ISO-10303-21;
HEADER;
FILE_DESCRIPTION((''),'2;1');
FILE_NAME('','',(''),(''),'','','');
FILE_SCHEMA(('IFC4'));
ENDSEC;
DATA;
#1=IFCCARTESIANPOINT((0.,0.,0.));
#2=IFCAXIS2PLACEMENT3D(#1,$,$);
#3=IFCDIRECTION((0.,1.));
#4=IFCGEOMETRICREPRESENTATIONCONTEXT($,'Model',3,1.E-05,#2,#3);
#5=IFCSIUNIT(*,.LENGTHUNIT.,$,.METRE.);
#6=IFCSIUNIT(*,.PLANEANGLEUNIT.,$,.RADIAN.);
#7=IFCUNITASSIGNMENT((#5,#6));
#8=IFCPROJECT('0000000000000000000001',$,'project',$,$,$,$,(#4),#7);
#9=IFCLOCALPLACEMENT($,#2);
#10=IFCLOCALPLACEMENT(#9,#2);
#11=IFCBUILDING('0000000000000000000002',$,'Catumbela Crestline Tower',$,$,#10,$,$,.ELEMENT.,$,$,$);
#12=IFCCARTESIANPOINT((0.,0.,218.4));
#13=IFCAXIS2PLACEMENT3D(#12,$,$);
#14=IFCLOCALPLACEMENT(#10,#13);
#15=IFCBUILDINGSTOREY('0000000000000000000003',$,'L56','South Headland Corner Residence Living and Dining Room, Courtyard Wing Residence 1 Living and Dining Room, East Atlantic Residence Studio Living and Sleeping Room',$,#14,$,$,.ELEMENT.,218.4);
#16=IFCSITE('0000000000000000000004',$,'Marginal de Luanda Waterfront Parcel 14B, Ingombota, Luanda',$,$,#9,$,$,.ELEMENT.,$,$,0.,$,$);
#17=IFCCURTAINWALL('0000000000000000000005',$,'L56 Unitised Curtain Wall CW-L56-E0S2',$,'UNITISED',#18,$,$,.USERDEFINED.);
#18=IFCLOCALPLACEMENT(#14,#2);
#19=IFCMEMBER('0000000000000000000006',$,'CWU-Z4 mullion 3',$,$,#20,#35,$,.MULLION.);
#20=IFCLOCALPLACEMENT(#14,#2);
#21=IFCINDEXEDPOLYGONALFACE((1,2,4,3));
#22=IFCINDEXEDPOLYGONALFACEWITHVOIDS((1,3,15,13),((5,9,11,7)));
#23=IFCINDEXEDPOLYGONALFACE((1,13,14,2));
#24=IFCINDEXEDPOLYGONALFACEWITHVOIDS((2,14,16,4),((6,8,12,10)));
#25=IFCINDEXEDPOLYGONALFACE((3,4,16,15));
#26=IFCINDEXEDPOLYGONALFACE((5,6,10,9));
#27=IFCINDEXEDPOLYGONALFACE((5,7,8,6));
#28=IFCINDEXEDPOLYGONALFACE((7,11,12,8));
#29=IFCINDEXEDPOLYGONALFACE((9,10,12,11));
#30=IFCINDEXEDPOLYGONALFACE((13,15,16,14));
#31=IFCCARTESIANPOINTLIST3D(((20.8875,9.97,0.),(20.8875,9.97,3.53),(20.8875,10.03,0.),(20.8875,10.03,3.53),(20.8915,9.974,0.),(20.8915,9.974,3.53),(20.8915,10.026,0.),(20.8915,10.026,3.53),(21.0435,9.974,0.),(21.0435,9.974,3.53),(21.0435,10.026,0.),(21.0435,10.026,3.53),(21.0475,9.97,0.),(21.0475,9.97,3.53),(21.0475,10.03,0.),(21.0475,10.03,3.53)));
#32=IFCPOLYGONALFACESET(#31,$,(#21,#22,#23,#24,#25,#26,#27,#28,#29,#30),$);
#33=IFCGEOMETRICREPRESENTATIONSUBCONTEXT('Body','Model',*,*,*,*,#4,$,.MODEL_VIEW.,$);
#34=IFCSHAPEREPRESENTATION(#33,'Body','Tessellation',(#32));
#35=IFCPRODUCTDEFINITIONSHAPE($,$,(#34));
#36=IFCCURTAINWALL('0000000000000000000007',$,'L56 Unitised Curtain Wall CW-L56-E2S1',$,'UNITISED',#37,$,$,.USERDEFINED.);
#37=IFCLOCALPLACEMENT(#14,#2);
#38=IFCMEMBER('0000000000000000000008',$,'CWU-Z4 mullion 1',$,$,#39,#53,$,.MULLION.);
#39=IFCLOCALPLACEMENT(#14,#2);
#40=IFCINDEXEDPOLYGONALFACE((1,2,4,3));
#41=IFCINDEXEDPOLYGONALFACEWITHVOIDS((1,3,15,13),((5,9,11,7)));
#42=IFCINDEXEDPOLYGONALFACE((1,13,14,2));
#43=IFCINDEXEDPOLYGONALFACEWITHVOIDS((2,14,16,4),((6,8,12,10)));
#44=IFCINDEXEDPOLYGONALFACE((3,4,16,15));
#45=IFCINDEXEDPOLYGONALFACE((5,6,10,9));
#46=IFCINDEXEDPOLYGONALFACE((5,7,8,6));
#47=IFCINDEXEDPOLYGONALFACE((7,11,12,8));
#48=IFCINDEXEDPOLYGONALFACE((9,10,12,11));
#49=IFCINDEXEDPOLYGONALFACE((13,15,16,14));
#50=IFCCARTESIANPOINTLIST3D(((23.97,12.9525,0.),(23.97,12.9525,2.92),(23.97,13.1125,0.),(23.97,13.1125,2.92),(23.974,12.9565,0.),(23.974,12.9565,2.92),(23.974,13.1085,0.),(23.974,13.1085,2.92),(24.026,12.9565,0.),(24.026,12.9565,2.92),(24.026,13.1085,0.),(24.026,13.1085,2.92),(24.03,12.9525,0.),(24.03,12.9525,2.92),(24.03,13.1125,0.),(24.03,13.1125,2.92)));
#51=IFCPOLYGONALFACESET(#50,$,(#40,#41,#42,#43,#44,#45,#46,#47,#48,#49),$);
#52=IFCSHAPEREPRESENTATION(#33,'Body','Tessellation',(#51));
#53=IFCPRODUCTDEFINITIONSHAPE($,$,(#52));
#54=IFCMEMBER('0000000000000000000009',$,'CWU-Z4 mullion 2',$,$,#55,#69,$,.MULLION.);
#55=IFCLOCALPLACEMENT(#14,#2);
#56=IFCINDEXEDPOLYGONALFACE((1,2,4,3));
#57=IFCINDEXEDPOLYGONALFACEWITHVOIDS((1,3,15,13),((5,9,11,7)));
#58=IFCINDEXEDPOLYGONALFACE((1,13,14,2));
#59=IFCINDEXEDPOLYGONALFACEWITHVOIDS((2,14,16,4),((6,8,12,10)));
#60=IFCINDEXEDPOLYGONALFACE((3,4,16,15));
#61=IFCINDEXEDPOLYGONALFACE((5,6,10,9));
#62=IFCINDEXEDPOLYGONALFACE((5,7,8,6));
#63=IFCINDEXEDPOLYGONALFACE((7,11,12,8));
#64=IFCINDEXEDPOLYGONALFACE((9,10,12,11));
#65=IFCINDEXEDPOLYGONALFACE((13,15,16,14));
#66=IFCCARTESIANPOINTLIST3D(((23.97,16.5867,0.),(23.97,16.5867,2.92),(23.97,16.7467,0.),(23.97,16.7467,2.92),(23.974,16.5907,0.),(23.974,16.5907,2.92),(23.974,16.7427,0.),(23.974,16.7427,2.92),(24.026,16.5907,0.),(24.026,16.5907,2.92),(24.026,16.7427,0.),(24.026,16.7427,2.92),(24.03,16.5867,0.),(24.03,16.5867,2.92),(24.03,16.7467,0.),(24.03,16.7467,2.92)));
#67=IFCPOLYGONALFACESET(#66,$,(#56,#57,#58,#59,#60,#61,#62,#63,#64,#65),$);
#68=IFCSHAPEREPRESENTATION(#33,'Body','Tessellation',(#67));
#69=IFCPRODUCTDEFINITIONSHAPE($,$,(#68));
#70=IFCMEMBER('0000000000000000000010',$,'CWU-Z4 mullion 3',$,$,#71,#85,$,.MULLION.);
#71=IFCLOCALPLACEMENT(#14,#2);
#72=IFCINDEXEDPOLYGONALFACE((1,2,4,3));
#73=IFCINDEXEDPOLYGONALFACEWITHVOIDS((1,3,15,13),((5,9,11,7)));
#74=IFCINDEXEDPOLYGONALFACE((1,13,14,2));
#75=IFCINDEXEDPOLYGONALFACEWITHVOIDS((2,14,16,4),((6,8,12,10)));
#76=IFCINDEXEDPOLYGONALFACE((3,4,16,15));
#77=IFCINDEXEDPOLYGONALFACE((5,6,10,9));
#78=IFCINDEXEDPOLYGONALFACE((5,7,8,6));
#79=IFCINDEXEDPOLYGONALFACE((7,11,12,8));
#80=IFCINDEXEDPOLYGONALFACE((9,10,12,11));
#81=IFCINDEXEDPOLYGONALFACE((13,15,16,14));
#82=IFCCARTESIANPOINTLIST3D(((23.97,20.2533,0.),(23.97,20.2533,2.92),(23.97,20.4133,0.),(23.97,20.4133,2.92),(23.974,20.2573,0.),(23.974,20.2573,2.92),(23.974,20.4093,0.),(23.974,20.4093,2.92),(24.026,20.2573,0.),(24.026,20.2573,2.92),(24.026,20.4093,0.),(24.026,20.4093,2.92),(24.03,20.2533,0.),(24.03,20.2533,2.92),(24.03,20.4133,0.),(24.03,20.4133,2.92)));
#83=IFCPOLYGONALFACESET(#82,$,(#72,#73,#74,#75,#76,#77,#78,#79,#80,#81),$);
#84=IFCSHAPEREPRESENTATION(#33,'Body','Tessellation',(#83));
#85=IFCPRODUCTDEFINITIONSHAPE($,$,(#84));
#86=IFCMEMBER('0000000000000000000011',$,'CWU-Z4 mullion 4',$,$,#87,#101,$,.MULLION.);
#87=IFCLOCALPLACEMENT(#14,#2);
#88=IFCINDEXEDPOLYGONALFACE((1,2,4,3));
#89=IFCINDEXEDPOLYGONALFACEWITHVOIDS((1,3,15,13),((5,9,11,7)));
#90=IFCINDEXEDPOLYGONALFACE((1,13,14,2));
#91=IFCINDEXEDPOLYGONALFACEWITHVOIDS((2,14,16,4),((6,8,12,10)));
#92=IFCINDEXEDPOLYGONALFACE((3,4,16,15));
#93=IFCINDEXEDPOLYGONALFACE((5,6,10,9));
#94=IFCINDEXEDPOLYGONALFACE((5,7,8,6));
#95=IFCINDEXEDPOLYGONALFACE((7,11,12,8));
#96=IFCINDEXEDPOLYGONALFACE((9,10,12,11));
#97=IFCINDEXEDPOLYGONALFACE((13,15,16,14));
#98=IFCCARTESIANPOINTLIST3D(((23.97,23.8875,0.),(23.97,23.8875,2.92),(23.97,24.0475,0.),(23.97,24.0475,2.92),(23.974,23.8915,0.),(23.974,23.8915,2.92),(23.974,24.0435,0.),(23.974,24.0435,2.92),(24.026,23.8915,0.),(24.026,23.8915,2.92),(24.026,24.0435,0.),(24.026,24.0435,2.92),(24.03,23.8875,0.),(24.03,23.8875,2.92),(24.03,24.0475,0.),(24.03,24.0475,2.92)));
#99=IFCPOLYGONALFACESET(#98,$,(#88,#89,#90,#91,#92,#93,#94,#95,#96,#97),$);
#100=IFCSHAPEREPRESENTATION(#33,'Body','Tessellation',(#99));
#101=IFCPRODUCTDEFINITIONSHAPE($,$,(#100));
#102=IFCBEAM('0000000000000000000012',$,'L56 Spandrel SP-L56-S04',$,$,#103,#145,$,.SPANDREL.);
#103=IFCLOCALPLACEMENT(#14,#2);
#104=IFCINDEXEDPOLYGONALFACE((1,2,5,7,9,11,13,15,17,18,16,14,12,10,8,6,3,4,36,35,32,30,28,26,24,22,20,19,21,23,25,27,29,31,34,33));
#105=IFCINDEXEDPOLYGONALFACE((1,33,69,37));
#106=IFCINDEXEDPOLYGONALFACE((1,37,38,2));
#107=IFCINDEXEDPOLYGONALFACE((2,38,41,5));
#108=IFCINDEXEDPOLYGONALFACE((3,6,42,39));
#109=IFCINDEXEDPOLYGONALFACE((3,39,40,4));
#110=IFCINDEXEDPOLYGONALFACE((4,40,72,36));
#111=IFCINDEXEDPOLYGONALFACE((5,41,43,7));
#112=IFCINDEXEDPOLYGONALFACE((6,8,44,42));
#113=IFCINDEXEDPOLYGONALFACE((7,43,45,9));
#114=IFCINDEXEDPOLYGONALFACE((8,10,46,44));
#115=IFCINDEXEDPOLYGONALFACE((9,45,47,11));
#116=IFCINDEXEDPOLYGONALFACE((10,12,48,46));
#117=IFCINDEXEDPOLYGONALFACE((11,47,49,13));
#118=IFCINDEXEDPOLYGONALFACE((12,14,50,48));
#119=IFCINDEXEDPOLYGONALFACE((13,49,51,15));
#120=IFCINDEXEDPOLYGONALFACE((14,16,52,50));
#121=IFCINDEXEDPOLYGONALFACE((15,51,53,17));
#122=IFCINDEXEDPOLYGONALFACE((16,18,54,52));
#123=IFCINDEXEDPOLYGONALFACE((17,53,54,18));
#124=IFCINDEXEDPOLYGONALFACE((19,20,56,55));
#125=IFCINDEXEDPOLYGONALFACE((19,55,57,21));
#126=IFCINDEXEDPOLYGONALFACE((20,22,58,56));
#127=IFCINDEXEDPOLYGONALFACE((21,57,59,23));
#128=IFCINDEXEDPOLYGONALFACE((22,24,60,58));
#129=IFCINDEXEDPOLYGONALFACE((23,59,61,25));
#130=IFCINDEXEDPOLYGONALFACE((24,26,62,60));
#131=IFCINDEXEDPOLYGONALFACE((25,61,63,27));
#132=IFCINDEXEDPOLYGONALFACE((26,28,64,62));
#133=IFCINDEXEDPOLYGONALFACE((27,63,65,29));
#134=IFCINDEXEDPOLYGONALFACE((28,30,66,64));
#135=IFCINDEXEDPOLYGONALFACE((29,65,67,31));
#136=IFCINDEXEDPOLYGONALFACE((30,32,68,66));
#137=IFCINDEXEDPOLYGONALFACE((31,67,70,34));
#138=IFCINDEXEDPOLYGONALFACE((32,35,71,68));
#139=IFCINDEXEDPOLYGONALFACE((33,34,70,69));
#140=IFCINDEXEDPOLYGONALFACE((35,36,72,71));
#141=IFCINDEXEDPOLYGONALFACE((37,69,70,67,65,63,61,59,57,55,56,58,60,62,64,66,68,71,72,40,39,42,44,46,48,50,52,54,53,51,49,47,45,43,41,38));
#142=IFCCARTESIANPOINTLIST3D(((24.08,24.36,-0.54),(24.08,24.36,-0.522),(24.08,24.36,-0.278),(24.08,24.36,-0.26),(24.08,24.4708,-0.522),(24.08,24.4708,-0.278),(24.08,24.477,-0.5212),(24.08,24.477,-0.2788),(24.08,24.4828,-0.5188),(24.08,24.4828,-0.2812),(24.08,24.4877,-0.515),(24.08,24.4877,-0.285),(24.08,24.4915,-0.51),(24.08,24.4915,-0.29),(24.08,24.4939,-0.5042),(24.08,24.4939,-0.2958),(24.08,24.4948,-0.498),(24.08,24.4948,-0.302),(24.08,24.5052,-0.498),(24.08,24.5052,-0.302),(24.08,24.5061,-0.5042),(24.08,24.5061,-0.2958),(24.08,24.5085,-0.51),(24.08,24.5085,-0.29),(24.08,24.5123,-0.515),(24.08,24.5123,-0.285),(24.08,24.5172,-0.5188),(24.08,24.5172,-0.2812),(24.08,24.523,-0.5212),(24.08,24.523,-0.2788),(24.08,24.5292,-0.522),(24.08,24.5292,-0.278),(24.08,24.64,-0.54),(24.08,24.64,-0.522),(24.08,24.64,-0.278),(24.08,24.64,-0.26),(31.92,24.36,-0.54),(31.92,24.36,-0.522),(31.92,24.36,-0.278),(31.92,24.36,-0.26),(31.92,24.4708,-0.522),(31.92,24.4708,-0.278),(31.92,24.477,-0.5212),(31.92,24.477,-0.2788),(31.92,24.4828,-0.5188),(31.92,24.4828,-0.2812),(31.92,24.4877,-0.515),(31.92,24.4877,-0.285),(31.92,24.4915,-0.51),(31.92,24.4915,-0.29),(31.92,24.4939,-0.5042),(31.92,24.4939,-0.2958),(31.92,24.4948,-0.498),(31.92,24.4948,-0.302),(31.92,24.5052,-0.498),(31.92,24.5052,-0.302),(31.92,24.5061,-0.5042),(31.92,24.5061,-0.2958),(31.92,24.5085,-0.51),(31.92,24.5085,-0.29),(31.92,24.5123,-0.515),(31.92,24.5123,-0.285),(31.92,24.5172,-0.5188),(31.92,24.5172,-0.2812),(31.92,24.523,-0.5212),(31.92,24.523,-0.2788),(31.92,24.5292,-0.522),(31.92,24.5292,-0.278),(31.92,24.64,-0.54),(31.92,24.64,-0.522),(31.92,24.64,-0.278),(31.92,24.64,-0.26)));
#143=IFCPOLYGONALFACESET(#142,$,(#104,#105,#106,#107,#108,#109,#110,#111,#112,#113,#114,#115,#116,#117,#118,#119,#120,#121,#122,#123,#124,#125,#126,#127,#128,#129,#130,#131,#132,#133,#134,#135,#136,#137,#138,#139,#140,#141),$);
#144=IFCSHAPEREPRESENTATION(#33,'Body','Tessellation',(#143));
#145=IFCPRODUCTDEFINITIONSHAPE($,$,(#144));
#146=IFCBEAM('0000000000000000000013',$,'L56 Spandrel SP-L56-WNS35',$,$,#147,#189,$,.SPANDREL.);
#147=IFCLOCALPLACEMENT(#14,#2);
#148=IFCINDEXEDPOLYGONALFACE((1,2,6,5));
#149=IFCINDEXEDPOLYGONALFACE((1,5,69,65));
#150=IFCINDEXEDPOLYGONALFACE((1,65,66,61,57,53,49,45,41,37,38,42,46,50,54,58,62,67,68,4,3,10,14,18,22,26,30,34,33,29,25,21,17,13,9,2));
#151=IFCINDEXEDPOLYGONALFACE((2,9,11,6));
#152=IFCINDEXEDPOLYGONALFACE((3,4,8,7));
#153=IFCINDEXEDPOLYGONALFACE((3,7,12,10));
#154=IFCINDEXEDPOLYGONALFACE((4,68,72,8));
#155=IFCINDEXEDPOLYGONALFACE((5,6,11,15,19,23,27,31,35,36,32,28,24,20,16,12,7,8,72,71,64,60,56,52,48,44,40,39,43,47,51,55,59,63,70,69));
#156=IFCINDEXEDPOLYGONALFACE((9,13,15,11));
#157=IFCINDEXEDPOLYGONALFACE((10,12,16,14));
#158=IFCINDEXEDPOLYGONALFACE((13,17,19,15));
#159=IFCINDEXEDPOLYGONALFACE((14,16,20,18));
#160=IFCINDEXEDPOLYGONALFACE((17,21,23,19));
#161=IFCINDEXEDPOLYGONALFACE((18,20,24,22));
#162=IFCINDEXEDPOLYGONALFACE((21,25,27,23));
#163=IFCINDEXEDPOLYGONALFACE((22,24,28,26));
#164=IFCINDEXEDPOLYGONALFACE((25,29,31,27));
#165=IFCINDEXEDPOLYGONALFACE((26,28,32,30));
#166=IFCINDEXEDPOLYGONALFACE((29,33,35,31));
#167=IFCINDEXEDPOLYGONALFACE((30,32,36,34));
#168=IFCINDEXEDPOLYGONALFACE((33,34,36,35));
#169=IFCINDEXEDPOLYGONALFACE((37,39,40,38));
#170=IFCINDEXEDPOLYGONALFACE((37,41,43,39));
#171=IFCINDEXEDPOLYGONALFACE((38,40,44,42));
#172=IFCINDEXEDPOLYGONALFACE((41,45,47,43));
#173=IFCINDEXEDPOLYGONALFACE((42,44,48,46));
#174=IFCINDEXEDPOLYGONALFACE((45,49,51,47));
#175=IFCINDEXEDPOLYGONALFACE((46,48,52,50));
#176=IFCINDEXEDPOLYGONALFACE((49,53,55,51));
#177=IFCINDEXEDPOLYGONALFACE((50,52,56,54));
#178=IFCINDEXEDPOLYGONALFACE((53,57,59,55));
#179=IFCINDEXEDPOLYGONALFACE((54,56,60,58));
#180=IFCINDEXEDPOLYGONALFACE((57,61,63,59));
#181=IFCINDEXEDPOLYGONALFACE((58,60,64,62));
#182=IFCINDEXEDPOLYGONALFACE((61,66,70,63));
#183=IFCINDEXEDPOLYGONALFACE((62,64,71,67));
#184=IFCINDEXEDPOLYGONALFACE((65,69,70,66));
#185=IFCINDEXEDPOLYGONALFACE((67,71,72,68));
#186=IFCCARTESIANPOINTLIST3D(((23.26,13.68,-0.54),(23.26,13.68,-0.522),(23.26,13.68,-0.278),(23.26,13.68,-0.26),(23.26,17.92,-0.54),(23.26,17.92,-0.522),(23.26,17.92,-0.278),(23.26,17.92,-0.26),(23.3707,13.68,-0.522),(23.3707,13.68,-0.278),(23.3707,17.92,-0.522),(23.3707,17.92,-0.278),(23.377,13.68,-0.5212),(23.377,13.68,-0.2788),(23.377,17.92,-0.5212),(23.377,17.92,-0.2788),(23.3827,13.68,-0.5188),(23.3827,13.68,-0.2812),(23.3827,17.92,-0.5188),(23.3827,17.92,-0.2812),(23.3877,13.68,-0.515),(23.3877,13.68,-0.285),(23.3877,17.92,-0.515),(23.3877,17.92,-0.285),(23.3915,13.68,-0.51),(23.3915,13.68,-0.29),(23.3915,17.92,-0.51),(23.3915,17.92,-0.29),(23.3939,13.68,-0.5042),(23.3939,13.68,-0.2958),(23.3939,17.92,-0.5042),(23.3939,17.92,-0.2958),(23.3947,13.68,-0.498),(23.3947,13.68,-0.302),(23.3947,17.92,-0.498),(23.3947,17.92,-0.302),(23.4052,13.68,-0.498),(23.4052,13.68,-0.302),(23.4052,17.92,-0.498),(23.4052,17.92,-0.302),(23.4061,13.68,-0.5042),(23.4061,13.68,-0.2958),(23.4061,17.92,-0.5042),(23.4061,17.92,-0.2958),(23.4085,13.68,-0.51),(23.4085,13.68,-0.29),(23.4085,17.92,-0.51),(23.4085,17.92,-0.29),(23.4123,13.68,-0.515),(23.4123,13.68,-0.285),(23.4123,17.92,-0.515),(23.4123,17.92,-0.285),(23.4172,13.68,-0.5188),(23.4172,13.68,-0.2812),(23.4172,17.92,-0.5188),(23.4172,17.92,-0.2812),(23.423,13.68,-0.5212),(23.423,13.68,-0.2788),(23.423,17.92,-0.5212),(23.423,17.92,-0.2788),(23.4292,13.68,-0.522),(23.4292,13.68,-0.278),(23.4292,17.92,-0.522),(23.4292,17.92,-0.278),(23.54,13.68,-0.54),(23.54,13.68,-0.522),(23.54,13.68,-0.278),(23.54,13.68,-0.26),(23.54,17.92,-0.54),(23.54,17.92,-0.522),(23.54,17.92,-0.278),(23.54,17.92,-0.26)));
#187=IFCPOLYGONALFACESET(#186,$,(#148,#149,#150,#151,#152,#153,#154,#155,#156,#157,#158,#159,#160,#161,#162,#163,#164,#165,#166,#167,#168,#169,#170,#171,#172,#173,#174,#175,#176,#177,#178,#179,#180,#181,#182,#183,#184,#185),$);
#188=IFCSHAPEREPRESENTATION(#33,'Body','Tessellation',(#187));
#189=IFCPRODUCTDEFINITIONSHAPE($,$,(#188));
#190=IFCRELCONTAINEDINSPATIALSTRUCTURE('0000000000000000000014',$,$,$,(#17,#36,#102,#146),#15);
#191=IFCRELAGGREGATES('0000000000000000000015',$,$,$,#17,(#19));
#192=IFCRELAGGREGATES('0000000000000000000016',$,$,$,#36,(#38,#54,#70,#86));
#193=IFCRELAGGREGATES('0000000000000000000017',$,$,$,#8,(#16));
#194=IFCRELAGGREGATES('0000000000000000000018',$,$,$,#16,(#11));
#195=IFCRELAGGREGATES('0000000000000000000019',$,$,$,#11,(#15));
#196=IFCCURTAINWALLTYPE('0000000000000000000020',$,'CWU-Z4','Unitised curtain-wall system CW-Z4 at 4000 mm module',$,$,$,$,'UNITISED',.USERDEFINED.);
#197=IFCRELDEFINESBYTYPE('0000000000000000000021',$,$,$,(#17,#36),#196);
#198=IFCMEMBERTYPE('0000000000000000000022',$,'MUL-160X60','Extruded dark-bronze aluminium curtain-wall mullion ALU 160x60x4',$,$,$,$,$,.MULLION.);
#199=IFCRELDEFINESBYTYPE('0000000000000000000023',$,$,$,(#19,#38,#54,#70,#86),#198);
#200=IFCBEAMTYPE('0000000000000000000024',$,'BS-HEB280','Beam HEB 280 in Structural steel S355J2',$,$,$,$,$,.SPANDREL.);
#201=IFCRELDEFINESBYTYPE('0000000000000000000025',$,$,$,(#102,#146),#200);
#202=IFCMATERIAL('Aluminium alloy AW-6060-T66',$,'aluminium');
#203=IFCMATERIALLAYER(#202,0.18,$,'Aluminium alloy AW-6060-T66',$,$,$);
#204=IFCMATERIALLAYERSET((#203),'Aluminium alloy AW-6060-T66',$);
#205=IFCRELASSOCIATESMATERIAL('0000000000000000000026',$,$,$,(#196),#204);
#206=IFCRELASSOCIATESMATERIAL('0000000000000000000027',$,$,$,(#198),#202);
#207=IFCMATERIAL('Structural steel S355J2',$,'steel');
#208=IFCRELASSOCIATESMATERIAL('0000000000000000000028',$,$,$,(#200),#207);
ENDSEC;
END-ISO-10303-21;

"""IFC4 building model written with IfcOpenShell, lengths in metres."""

from ifc_helpers import new_model, si_unit, direction, frame, origin, origin_2d, place, context, subcontext, project, spatial, hollow_rectangle, i_section, extrude, material, layer, layer_set, material_profile, profile_set, type_object, element, aggregate, save


model = new_model("IFC4")

# Units and contexts
model_context = context("Model", 3, precision=1e-05, world=origin(), true_north=direction((0.0, 1.0)))
body_context = subcontext(model_context, "Body", "Model", "MODEL_VIEW")
ifc_project = project(units=[si_unit("LENGTHUNIT", "METRE"), si_unit("PLANEANGLEUNIT", "RADIAN")], contexts=[model_context])

# Site, building, storey
site_placement = place(None, origin())
site = spatial("IfcSite", under=ifc_project, at=site_placement, Name="Marginal de Luanda Waterfront Parcel 14B, Ingombota, Luanda", CompositionType="ELEMENT", RefElevation=0.0)
building_placement = place(site_placement, origin())
building = spatial("IfcBuilding", under=site, at=building_placement, Name="Catumbela Crestline Tower", CompositionType="ELEMENT")
storey_placement = place(building_placement, frame((0.0, 0.0, 218.4)))
storey = spatial("IfcBuildingStorey", under=building, at=storey_placement, Name="L56", Description="South Headland Corner Residence Living and Dining Room, Courtyard Wing Residence 1 Living and Dining Room, East Atlantic Residence Studio Living and Sleeping Room", CompositionType="ELEMENT", Elevation=218.4)

# Shared definitions
ifc_material_1 = material(Name="Structural steel S355J2", Category="steel")

# Curtain wall, member
ifc_material_2 = material(Name="Aluminium alloy AW-6060-T66", Category="aluminium")
ifc_layer_1 = layer(ifc_material_2, 0.18, Name="Aluminium alloy AW-6060-T66")
ifc_layer_set_1 = layer_set([ifc_layer_1], Name="Aluminium alloy AW-6060-T66")
curtain_wall_type = type_object("IfcCurtainWallType", Name="CWU-Z4", Description="Unitised curtain-wall system CW-Z4 at 4000 mm module", ElementType="UNITISED", PredefinedType="USERDEFINED", material=ifc_layer_set_1)
curtain_wall_1_placement = place(storey_placement, origin())
curtain_wall_1 = element("IfcCurtainWall", 1, at=curtain_wall_1_placement, inside=storey, type_object=curtain_wall_type, Name="L56 Unitised Curtain Wall CW-L56-E0S2", ObjectType="UNITISED", PredefinedType="USERDEFINED")
ifc_material_profile_1 = material_profile(ifc_material_2, hollow_rectangle(XDim=0.06, YDim=0.16, WallThickness=0.004, at=origin_2d()), Name="ALU 160x60x4")
ifc_profile_set_1 = profile_set([ifc_material_profile_1], Name="Aluminium alloy AW-6060-T66")
member_type_1 = type_object("IfcMemberType", Name="MUL-160X60", Description="Extruded dark-bronze aluminium curtain-wall mullion ALU 160x60x4", PredefinedType="MULLION", material=ifc_profile_set_1)
member_1_placement = place(storey_placement, frame((20.9675, 10.0, 0.0), z_axis=(0.0, 0.0, 1.0), x_axis=(0.0, 1.0, 0.0)))
member_1 = element("IfcMember", 2, at=member_1_placement, type_object=member_type_1, Name="CWU-Z4 mullion 3", PredefinedType="MULLION", context=body_context, shape_type="SweptSolid", body=[
    extrude(hollow_rectangle(XDim=0.06, YDim=0.16, WallThickness=0.004, at=origin_2d()), origin(), (0.0, 0.0, 1.0), 3.53),
])

# Curtain wall, members
curtain_wall_2_placement = place(storey_placement, origin())
curtain_wall_2 = element("IfcCurtainWall", 3, at=curtain_wall_2_placement, inside=storey, type_object=curtain_wall_type, Name="L56 Unitised Curtain Wall CW-L56-E2S1", ObjectType="UNITISED", PredefinedType="USERDEFINED")
member_2_placement = place(storey_placement, frame((24.0, 13.0325, 0.0), z_axis=(0.0, 0.0, 1.0), x_axis=(-1.0, 0.0, 0.0)))
member_2 = element("IfcMember", 4, at=member_2_placement, type_object=member_type_1, Name="CWU-Z4 mullion 1", PredefinedType="MULLION", context=body_context, shape_type="SweptSolid", body=[
    extrude(hollow_rectangle(XDim=0.06, YDim=0.16, WallThickness=0.004, at=origin_2d()), origin(), (0.0, 0.0, 1.0), 2.92),
])
member_3_placement = place(storey_placement, frame((24.0, 16.6667, 0.0), z_axis=(0.0, 0.0, 1.0), x_axis=(-1.0, 0.0, 0.0)))
member_3 = element("IfcMember", 5, at=member_3_placement, type_object=member_type_1, Name="CWU-Z4 mullion 2", PredefinedType="MULLION", context=body_context, shape_type="SweptSolid", body=[
    extrude(hollow_rectangle(XDim=0.06, YDim=0.16, WallThickness=0.004, at=origin_2d()), origin(), (0.0, 0.0, 1.0), 2.92),
])
member_4_placement = place(storey_placement, frame((24.0, 20.3333, 0.0), z_axis=(0.0, 0.0, 1.0), x_axis=(-1.0, 0.0, 0.0)))
member_4 = element("IfcMember", 6, at=member_4_placement, type_object=member_type_1, Name="CWU-Z4 mullion 3", PredefinedType="MULLION", context=body_context, shape_type="SweptSolid", body=[
    extrude(hollow_rectangle(XDim=0.06, YDim=0.16, WallThickness=0.004, at=origin_2d()), origin(), (0.0, 0.0, 1.0), 2.92),
])
member_5_placement = place(storey_placement, frame((24.0, 23.9675, 0.0), z_axis=(0.0, 0.0, 1.0), x_axis=(-1.0, 0.0, 0.0)))
member_5 = element("IfcMember", 7, at=member_5_placement, type_object=member_type_1, Name="CWU-Z4 mullion 4", PredefinedType="MULLION", context=body_context, shape_type="SweptSolid", body=[
    extrude(hollow_rectangle(XDim=0.06, YDim=0.16, WallThickness=0.004, at=origin_2d()), origin(), (0.0, 0.0, 1.0), 2.92),
])

# Beams
ifc_material_profile_2 = material_profile(ifc_material_1, i_section(OverallWidth=0.28, OverallDepth=0.28, WebThickness=0.0105, FlangeThickness=0.018, FilletRadius=0.024, at=origin_2d()), Name="HEB 280")
ifc_profile_set_2 = profile_set([ifc_material_profile_2], Name="Structural steel S355J2")
beam_type_1 = type_object("IfcBeamType", Name="BS-HEB280", Description="Beam HEB 280 in Structural steel S355J2", PredefinedType="SPANDREL", material=ifc_profile_set_2)
beam_1_placement = place(storey_placement, frame((24.08, 24.5, -0.4), z_axis=(1.0, 0.0, 0.0), x_axis=(0.0, 1.0, 0.0)))
element("IfcBeam", 8, at=beam_1_placement, inside=storey, type_object=beam_type_1, Name="L56 Spandrel SP-L56-S04", PredefinedType="SPANDREL", context=body_context, shape_type="SweptSolid", body=[
    extrude(i_section(OverallWidth=0.28, OverallDepth=0.28, WebThickness=0.0105, FlangeThickness=0.018, FilletRadius=0.024, at=origin_2d()), origin(), (0.0, 0.0, 1.0), 7.84),
])
beam_2_placement = place(storey_placement, frame((23.4, 13.68, -0.4), z_axis=(0.0, 1.0, 0.0), x_axis=(-1.0, 0.0, 0.0)))
element("IfcBeam", 9, at=beam_2_placement, inside=storey, type_object=beam_type_1, Name="L56 Spandrel SP-L56-WNS35", PredefinedType="SPANDREL", context=body_context, shape_type="SweptSolid", body=[
    extrude(i_section(OverallWidth=0.28, OverallDepth=0.28, WebThickness=0.0105, FlangeThickness=0.018, FilletRadius=0.024, at=origin_2d()), origin(), (0.0, 0.0, 1.0), 4.24),
])

aggregate(curtain_wall_1, [member_1])
aggregate(curtain_wall_2, [member_2, member_3, member_4, member_5])

save(model, "model.ifc")
